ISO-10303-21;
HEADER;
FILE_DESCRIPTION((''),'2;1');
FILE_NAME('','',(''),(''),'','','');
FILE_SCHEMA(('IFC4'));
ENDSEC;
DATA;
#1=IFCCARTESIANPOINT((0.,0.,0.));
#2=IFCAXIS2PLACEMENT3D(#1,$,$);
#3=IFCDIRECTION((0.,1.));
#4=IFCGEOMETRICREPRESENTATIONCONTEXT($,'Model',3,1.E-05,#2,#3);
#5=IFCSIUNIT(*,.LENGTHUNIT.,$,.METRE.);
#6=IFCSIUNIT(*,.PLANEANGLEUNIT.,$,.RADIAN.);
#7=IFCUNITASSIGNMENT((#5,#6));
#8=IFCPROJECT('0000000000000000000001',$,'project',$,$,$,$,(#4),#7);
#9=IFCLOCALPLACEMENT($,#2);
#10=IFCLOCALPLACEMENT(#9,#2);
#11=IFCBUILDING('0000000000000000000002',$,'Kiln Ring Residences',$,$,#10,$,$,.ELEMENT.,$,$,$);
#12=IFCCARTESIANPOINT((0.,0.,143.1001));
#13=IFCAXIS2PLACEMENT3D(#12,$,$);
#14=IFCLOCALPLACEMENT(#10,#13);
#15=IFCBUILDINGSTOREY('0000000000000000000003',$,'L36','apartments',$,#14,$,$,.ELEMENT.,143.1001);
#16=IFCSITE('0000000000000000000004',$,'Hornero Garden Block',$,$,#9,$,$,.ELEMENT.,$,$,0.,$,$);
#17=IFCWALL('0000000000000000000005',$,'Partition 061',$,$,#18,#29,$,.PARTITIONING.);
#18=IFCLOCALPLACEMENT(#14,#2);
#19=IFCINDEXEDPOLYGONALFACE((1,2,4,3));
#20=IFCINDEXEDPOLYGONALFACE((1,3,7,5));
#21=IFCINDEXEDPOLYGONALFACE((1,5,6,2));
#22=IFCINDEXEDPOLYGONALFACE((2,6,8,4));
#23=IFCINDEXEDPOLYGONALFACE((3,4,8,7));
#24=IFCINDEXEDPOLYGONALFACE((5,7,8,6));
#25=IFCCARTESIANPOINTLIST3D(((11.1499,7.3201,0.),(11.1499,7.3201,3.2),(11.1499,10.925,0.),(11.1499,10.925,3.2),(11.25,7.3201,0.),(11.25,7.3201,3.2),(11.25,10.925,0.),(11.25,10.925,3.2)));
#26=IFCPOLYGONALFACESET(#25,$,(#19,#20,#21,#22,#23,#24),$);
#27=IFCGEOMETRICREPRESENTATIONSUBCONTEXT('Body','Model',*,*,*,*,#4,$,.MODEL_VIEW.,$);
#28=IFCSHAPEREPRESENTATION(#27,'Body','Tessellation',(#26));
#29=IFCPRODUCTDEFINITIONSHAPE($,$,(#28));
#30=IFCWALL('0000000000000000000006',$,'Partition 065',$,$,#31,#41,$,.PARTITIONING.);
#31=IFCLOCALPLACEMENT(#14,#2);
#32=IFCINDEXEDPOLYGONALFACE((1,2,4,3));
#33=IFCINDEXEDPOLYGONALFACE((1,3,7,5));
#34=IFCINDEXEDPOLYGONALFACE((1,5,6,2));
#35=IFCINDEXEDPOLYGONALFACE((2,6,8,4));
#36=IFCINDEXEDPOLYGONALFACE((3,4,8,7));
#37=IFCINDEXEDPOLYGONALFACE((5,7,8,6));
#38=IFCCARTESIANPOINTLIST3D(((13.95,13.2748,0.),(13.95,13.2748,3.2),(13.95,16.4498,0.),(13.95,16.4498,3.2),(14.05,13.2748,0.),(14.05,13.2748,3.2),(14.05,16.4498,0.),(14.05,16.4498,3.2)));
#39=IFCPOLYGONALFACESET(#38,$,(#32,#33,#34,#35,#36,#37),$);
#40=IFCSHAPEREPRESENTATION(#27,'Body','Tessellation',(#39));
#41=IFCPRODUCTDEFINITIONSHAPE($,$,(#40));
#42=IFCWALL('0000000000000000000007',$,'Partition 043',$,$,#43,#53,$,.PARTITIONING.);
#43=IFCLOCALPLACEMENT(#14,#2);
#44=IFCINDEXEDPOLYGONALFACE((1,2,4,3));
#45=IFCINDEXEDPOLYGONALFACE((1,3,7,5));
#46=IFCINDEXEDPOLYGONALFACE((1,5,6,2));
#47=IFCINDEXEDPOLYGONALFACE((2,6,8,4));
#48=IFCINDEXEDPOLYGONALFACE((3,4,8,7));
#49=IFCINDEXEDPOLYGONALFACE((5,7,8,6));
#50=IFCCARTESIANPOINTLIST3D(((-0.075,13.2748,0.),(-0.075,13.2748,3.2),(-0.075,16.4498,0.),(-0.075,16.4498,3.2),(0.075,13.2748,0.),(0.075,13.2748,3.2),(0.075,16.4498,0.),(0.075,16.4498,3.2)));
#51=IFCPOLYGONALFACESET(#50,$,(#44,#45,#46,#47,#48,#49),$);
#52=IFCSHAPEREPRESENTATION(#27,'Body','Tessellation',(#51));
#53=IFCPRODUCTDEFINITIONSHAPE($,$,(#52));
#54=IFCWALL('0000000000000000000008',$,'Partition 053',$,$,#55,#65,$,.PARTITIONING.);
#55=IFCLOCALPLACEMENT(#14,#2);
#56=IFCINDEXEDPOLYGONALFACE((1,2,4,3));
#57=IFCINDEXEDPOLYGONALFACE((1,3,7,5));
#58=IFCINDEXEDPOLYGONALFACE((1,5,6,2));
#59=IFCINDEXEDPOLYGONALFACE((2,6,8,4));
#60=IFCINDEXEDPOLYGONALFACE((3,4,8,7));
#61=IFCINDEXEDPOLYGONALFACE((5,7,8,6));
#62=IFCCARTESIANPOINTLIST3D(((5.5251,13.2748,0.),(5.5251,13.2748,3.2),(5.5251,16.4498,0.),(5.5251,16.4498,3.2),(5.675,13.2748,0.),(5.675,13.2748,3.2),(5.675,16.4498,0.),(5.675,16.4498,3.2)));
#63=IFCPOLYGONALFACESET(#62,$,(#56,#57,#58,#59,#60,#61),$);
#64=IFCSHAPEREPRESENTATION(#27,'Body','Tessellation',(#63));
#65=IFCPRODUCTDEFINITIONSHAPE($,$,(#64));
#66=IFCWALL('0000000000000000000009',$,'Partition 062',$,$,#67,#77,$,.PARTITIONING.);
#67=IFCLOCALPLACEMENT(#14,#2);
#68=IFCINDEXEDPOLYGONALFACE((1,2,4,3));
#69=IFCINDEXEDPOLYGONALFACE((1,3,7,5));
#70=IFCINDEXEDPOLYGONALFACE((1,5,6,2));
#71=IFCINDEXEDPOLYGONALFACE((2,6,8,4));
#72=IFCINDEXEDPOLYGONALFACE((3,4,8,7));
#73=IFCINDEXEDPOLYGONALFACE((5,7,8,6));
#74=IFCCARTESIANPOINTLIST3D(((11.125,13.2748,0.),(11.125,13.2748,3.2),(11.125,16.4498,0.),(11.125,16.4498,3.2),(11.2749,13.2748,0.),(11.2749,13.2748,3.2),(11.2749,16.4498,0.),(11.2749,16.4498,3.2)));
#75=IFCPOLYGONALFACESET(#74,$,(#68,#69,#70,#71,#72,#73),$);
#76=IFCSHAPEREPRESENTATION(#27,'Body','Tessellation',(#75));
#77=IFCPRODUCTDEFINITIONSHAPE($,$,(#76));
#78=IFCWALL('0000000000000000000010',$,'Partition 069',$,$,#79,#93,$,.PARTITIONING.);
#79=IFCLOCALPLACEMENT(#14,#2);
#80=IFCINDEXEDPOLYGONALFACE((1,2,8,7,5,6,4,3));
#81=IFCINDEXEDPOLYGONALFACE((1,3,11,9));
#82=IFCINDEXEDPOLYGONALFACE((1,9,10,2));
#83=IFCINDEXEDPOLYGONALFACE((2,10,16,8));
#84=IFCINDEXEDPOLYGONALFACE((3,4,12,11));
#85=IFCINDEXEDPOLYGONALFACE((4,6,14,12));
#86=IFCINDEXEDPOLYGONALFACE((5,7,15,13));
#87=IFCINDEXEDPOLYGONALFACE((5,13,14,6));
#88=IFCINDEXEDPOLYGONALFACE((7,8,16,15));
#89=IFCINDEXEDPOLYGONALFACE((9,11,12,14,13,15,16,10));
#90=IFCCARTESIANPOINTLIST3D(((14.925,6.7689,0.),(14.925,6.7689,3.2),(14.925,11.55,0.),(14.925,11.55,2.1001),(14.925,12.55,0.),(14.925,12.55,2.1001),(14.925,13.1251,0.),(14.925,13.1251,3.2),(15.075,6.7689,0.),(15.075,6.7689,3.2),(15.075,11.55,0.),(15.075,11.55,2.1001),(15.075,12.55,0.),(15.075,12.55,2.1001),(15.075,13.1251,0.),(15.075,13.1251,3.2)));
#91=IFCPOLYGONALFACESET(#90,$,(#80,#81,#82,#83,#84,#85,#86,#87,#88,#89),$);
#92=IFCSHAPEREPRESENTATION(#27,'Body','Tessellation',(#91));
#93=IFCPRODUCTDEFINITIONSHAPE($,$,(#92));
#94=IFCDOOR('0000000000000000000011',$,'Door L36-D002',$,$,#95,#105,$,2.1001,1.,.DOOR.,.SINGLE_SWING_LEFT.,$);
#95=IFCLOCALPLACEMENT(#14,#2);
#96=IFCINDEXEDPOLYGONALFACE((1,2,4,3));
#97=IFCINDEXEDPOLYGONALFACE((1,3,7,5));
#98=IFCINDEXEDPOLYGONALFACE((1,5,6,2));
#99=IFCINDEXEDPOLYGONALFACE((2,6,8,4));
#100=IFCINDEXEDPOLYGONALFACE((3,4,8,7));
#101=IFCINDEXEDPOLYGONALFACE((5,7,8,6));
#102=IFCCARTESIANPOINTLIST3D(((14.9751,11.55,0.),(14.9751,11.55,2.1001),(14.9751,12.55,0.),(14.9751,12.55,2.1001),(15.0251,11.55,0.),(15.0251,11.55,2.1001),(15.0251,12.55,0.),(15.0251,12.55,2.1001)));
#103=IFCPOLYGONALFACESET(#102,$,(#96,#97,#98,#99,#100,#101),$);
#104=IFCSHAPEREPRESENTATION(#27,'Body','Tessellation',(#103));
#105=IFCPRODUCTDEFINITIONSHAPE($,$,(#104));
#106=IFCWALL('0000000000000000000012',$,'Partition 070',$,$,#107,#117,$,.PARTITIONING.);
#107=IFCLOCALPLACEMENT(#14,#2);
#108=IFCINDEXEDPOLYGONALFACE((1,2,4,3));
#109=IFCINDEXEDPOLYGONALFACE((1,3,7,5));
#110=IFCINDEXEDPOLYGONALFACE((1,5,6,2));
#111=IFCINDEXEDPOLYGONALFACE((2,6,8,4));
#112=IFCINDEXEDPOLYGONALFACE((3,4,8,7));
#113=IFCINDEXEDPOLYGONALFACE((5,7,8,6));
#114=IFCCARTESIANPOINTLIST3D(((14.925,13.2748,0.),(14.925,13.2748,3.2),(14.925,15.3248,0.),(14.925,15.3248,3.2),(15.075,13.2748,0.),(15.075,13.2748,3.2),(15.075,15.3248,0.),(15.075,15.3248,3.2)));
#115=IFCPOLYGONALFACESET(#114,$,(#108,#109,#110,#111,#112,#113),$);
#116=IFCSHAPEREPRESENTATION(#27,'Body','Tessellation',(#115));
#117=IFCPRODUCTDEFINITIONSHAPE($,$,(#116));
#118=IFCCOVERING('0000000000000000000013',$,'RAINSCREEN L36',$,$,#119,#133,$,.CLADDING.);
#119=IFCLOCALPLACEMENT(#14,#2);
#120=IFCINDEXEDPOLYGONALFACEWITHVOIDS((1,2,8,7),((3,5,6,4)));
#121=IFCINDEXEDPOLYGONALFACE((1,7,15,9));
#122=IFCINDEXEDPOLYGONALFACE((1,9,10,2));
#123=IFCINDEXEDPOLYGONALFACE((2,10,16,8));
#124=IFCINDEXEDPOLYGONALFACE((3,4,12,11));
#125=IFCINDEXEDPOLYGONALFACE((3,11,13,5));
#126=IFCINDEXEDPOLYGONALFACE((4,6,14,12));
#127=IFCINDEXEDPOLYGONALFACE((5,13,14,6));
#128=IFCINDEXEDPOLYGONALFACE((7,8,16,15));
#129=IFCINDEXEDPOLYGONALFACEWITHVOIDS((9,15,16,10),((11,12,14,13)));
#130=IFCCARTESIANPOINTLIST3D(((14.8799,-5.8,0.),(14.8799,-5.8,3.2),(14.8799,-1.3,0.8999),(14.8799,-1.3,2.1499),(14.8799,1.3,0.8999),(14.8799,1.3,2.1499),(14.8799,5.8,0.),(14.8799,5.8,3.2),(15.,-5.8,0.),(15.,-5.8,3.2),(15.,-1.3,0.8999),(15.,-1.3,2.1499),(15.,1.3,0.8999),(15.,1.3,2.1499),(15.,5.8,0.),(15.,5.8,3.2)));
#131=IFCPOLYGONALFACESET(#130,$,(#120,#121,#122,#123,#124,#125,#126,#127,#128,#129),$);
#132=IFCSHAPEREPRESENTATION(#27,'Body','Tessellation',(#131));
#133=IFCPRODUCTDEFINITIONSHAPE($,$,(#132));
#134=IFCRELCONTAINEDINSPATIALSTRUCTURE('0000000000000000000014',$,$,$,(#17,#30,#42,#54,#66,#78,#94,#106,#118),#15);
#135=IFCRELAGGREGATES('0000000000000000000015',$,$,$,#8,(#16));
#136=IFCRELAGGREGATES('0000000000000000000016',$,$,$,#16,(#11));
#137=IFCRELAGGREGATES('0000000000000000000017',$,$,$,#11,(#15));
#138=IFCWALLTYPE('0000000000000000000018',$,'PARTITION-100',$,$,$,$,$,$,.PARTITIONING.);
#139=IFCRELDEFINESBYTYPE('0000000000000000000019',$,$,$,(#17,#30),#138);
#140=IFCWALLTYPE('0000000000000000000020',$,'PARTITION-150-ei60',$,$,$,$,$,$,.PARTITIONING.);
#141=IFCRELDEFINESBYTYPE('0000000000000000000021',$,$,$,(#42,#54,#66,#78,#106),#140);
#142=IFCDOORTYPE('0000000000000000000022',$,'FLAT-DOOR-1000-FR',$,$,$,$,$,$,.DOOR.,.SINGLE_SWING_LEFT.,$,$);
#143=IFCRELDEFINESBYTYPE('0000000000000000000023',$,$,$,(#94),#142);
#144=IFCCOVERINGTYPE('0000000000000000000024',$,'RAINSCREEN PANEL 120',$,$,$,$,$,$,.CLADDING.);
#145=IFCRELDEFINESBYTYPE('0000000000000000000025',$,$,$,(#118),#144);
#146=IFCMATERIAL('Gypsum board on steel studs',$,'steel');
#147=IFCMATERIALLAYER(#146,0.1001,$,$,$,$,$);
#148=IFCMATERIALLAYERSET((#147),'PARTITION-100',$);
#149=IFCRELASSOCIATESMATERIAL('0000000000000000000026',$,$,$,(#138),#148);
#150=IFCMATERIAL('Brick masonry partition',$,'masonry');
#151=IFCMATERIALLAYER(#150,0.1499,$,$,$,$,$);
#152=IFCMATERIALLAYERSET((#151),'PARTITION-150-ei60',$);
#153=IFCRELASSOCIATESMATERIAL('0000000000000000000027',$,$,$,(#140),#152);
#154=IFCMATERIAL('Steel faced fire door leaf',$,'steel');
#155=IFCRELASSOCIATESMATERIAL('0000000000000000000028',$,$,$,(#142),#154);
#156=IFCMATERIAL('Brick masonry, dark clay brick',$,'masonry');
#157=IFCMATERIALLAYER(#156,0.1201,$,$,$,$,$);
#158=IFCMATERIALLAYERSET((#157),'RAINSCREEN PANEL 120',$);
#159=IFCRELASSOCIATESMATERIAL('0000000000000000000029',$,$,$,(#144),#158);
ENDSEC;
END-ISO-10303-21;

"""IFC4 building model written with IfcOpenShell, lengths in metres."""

from ifc_helpers import new_model, si_unit, direction, frame, frame_2d, origin, place, context, subcontext, project, spatial, polyline, rectangle, outline, extrude, material, layer, layer_set, type_object, element, fill, save


model = new_model("IFC4")

# Units and contexts
model_context = context("Model", 3, precision=1e-05, world=origin(), true_north=direction((0.0, 1.0)))
body_context = subcontext(model_context, "Body", "Model", "MODEL_VIEW")
ifc_project = project(units=[si_unit("LENGTHUNIT", "METRE"), si_unit("PLANEANGLEUNIT", "RADIAN")], contexts=[model_context])

# Site, building, storey
site_placement = place(None, origin())
site = spatial("IfcSite", under=ifc_project, at=site_placement, Name="Hornero Garden Block", CompositionType="ELEMENT", RefElevation=0.0)
building_placement = place(site_placement, origin())
building = spatial("IfcBuilding", under=site, at=building_placement, Name="Kiln Ring Residences", CompositionType="ELEMENT")
storey_placement = place(building_placement, frame((0.0, 0.0, 143.1001)))
storey = spatial("IfcBuildingStorey", under=building, at=storey_placement, Name="L36", Description="apartments", CompositionType="ELEMENT", Elevation=143.1001)

# Walls
ifc_material_1 = material(Name="Gypsum board on steel studs", Category="steel")
ifc_layer_1 = layer(ifc_material_1, 0.1001)
ifc_layer_set_1 = layer_set([ifc_layer_1], Name="PARTITION-100")
wall_type_1 = type_object("IfcWallType", Name="PARTITION-100", PredefinedType="PARTITIONING", material=ifc_layer_set_1)
wall_1_placement = place(storey_placement, frame((11.2, 7.3201, 0.0), z_axis=(0.0, 0.0, 1.0), x_axis=(0.0, 1.0, 0.0)))
element("IfcWall", 1, at=wall_1_placement, inside=storey, type_object=wall_type_1, Name="Partition 061", PredefinedType="PARTITIONING", context=body_context, shape_type="SweptSolid", body=[
    extrude(rectangle(XDim=3.605, YDim=0.1001, at=frame_2d((1.8025, 0.0))), origin(), (0.0, 0.0, 1.0), 3.2),
])
wall_2_placement = place(storey_placement, frame((14.0, 13.2749, 0.0), z_axis=(0.0, 0.0, 1.0), x_axis=(0.0, 1.0, 0.0)))
element("IfcWall", 2, at=wall_2_placement, inside=storey, type_object=wall_type_1, Name="Partition 065", PredefinedType="PARTITIONING", context=body_context, shape_type="SweptSolid", body=[
    extrude(rectangle(XDim=3.175, YDim=0.1001, at=frame_2d((1.5874, 0.0))), origin(), (0.0, 0.0, 1.0), 3.2),
])
ifc_material_2 = material(Name="Brick masonry partition", Category="masonry")
ifc_layer_2 = layer(ifc_material_2, 0.1499)
ifc_layer_set_2 = layer_set([ifc_layer_2], Name="PARTITION-150-ei60")
wall_type_2 = type_object("IfcWallType", Name="PARTITION-150-ei60", PredefinedType="PARTITIONING", material=ifc_layer_set_2)
for number, where, z_axis, x_axis, name in (
    (3, (0.0, 13.2749, 0.0), (0.0, 0.0, 1.0), (0.0, 1.0, 0.0), "Partition 043"),
    (4, (5.6001, 13.2749, 0.0), (0.0, 0.0, 1.0), (0.0, 1.0, 0.0), "Partition 053"),
    (5, (11.2, 13.2749, 0.0), (0.0, 0.0, 1.0), (0.0, 1.0, 0.0), "Partition 062"),
):
    element("IfcWall", number, at=place(storey_placement, frame(where, z_axis=z_axis, x_axis=x_axis)), inside=storey, type_object=wall_type_2, Name=name, PredefinedType="PARTITIONING", context=body_context, shape_type="SweptSolid", body=[
        extrude(rectangle(XDim=3.175, YDim=0.1499, at=frame_2d((1.5874, 0.0))), origin(), (0.0, 0.0, 1.0), 3.2),
    ])

# Wall, opening, door
wall_3_placement = place(storey_placement, frame((15.0, 6.7688, 0.0), z_axis=(0.0, 0.0, 1.0), x_axis=(0.0, 1.0, 0.0)))
wall_3 = element("IfcWall", 6, at=wall_3_placement, inside=storey, type_object=wall_type_2, Name="Partition 069", PredefinedType="PARTITIONING", context=body_context, shape_type="SweptSolid", body=[
    extrude(rectangle(XDim=6.3562, YDim=0.1499, at=frame_2d((3.1782, 0.0))), origin(), (0.0, 0.0, 1.0), 3.2),
])
opening_1_placement = place(wall_3_placement, frame((4.7812, 0.0, 0.0)))
opening_1 = element("IfcOpeningElement", 7, at=opening_1_placement, cuts=wall_3, PredefinedType="OPENING", context=body_context, shape_type="SweptSolid", body=[
    extrude(rectangle(XDim=1.0, YDim=2.1001, at=frame_2d((0.5, 1.05))), frame((0.0, 0.085, 0.0), z_axis=(0.0, -1.0, 0.0), x_axis=(1.0, 0.0, 0.0)), (0.0, 0.0, 1.0), 0.1699),
])
ifc_material_3 = material(Name="Steel faced fire door leaf", Category="steel")
door_type_1 = type_object("IfcDoorType", Name="FLAT-DOOR-1000-FR", OperationType="SINGLE_SWING_LEFT", PredefinedType="DOOR", material=ifc_material_3)
door_1_placement = place(opening_1_placement, origin())
door_1 = element("IfcDoor", 8, at=door_1_placement, inside=storey, type_object=door_type_1, Name="Door L36-D002", OperationType="SINGLE_SWING_LEFT", OverallHeight=2.1001, OverallWidth=1.0, PredefinedType="DOOR", context=body_context, shape_type="SweptSolid", body=[
    extrude(rectangle(XDim=1.0, YDim=2.1001, at=frame_2d((0.5, 1.05))), frame((0.0, 0.0249, 0.0), z_axis=(0.0, -1.0, 0.0), x_axis=(1.0, 0.0, 0.0)), (0.0, 0.0, 1.0), 0.05),
])
fill(opening_1, door_1)

# Wall
wall_4_placement = place(storey_placement, frame((15.0, 13.2749, 0.0), z_axis=(0.0, 0.0, 1.0), x_axis=(0.0, 1.0, 0.0)))
element("IfcWall", 9, at=wall_4_placement, inside=storey, type_object=wall_type_2, Name="Partition 070", PredefinedType="PARTITIONING", context=body_context, shape_type="SweptSolid", body=[
    extrude(rectangle(XDim=2.05, YDim=0.1499, at=frame_2d((1.0249, 0.0))), origin(), (0.0, 0.0, 1.0), 3.2),
])

# Covering
ifc_material_4 = material(Name="Brick masonry, dark clay brick", Category="masonry")
ifc_layer_3 = layer(ifc_material_4, 0.1201)
ifc_layer_set_3 = layer_set([ifc_layer_3], Name="RAINSCREEN PANEL 120")
covering_type = type_object("IfcCoveringType", Name="RAINSCREEN PANEL 120", PredefinedType="CLADDING", material=ifc_layer_set_3)
covering_placement = place(storey_placement, frame((14.9399, 5.8, 0.0), z_axis=(0.0, 0.0, 1.0), x_axis=(0.0, -1.0, 0.0)))
element("IfcCovering", 10, at=covering_placement, inside=storey, type_object=covering_type, Name="RAINSCREEN L36", PredefinedType="CLADDING", context=body_context, shape_type="SweptSolid", body=[
    extrude(outline(polyline([(0.0, 0.0), (11.6001, 0.0), (11.6001, 3.2), (0.0, 3.2), (0.0, 0.0)]), holes=[polyline([(4.5, 2.1499), (4.5, 0.8999), (7.1001, 0.8999), (7.1001, 2.1499), (4.5, 2.1499)])]), frame((0.0, 0.0601, 0.0), z_axis=(0.0, -1.0, 0.0), x_axis=(1.0, 0.0, 0.0)), (0.0, 0.0, 1.0), 0.1201),
])

save(model, "model.ifc")
